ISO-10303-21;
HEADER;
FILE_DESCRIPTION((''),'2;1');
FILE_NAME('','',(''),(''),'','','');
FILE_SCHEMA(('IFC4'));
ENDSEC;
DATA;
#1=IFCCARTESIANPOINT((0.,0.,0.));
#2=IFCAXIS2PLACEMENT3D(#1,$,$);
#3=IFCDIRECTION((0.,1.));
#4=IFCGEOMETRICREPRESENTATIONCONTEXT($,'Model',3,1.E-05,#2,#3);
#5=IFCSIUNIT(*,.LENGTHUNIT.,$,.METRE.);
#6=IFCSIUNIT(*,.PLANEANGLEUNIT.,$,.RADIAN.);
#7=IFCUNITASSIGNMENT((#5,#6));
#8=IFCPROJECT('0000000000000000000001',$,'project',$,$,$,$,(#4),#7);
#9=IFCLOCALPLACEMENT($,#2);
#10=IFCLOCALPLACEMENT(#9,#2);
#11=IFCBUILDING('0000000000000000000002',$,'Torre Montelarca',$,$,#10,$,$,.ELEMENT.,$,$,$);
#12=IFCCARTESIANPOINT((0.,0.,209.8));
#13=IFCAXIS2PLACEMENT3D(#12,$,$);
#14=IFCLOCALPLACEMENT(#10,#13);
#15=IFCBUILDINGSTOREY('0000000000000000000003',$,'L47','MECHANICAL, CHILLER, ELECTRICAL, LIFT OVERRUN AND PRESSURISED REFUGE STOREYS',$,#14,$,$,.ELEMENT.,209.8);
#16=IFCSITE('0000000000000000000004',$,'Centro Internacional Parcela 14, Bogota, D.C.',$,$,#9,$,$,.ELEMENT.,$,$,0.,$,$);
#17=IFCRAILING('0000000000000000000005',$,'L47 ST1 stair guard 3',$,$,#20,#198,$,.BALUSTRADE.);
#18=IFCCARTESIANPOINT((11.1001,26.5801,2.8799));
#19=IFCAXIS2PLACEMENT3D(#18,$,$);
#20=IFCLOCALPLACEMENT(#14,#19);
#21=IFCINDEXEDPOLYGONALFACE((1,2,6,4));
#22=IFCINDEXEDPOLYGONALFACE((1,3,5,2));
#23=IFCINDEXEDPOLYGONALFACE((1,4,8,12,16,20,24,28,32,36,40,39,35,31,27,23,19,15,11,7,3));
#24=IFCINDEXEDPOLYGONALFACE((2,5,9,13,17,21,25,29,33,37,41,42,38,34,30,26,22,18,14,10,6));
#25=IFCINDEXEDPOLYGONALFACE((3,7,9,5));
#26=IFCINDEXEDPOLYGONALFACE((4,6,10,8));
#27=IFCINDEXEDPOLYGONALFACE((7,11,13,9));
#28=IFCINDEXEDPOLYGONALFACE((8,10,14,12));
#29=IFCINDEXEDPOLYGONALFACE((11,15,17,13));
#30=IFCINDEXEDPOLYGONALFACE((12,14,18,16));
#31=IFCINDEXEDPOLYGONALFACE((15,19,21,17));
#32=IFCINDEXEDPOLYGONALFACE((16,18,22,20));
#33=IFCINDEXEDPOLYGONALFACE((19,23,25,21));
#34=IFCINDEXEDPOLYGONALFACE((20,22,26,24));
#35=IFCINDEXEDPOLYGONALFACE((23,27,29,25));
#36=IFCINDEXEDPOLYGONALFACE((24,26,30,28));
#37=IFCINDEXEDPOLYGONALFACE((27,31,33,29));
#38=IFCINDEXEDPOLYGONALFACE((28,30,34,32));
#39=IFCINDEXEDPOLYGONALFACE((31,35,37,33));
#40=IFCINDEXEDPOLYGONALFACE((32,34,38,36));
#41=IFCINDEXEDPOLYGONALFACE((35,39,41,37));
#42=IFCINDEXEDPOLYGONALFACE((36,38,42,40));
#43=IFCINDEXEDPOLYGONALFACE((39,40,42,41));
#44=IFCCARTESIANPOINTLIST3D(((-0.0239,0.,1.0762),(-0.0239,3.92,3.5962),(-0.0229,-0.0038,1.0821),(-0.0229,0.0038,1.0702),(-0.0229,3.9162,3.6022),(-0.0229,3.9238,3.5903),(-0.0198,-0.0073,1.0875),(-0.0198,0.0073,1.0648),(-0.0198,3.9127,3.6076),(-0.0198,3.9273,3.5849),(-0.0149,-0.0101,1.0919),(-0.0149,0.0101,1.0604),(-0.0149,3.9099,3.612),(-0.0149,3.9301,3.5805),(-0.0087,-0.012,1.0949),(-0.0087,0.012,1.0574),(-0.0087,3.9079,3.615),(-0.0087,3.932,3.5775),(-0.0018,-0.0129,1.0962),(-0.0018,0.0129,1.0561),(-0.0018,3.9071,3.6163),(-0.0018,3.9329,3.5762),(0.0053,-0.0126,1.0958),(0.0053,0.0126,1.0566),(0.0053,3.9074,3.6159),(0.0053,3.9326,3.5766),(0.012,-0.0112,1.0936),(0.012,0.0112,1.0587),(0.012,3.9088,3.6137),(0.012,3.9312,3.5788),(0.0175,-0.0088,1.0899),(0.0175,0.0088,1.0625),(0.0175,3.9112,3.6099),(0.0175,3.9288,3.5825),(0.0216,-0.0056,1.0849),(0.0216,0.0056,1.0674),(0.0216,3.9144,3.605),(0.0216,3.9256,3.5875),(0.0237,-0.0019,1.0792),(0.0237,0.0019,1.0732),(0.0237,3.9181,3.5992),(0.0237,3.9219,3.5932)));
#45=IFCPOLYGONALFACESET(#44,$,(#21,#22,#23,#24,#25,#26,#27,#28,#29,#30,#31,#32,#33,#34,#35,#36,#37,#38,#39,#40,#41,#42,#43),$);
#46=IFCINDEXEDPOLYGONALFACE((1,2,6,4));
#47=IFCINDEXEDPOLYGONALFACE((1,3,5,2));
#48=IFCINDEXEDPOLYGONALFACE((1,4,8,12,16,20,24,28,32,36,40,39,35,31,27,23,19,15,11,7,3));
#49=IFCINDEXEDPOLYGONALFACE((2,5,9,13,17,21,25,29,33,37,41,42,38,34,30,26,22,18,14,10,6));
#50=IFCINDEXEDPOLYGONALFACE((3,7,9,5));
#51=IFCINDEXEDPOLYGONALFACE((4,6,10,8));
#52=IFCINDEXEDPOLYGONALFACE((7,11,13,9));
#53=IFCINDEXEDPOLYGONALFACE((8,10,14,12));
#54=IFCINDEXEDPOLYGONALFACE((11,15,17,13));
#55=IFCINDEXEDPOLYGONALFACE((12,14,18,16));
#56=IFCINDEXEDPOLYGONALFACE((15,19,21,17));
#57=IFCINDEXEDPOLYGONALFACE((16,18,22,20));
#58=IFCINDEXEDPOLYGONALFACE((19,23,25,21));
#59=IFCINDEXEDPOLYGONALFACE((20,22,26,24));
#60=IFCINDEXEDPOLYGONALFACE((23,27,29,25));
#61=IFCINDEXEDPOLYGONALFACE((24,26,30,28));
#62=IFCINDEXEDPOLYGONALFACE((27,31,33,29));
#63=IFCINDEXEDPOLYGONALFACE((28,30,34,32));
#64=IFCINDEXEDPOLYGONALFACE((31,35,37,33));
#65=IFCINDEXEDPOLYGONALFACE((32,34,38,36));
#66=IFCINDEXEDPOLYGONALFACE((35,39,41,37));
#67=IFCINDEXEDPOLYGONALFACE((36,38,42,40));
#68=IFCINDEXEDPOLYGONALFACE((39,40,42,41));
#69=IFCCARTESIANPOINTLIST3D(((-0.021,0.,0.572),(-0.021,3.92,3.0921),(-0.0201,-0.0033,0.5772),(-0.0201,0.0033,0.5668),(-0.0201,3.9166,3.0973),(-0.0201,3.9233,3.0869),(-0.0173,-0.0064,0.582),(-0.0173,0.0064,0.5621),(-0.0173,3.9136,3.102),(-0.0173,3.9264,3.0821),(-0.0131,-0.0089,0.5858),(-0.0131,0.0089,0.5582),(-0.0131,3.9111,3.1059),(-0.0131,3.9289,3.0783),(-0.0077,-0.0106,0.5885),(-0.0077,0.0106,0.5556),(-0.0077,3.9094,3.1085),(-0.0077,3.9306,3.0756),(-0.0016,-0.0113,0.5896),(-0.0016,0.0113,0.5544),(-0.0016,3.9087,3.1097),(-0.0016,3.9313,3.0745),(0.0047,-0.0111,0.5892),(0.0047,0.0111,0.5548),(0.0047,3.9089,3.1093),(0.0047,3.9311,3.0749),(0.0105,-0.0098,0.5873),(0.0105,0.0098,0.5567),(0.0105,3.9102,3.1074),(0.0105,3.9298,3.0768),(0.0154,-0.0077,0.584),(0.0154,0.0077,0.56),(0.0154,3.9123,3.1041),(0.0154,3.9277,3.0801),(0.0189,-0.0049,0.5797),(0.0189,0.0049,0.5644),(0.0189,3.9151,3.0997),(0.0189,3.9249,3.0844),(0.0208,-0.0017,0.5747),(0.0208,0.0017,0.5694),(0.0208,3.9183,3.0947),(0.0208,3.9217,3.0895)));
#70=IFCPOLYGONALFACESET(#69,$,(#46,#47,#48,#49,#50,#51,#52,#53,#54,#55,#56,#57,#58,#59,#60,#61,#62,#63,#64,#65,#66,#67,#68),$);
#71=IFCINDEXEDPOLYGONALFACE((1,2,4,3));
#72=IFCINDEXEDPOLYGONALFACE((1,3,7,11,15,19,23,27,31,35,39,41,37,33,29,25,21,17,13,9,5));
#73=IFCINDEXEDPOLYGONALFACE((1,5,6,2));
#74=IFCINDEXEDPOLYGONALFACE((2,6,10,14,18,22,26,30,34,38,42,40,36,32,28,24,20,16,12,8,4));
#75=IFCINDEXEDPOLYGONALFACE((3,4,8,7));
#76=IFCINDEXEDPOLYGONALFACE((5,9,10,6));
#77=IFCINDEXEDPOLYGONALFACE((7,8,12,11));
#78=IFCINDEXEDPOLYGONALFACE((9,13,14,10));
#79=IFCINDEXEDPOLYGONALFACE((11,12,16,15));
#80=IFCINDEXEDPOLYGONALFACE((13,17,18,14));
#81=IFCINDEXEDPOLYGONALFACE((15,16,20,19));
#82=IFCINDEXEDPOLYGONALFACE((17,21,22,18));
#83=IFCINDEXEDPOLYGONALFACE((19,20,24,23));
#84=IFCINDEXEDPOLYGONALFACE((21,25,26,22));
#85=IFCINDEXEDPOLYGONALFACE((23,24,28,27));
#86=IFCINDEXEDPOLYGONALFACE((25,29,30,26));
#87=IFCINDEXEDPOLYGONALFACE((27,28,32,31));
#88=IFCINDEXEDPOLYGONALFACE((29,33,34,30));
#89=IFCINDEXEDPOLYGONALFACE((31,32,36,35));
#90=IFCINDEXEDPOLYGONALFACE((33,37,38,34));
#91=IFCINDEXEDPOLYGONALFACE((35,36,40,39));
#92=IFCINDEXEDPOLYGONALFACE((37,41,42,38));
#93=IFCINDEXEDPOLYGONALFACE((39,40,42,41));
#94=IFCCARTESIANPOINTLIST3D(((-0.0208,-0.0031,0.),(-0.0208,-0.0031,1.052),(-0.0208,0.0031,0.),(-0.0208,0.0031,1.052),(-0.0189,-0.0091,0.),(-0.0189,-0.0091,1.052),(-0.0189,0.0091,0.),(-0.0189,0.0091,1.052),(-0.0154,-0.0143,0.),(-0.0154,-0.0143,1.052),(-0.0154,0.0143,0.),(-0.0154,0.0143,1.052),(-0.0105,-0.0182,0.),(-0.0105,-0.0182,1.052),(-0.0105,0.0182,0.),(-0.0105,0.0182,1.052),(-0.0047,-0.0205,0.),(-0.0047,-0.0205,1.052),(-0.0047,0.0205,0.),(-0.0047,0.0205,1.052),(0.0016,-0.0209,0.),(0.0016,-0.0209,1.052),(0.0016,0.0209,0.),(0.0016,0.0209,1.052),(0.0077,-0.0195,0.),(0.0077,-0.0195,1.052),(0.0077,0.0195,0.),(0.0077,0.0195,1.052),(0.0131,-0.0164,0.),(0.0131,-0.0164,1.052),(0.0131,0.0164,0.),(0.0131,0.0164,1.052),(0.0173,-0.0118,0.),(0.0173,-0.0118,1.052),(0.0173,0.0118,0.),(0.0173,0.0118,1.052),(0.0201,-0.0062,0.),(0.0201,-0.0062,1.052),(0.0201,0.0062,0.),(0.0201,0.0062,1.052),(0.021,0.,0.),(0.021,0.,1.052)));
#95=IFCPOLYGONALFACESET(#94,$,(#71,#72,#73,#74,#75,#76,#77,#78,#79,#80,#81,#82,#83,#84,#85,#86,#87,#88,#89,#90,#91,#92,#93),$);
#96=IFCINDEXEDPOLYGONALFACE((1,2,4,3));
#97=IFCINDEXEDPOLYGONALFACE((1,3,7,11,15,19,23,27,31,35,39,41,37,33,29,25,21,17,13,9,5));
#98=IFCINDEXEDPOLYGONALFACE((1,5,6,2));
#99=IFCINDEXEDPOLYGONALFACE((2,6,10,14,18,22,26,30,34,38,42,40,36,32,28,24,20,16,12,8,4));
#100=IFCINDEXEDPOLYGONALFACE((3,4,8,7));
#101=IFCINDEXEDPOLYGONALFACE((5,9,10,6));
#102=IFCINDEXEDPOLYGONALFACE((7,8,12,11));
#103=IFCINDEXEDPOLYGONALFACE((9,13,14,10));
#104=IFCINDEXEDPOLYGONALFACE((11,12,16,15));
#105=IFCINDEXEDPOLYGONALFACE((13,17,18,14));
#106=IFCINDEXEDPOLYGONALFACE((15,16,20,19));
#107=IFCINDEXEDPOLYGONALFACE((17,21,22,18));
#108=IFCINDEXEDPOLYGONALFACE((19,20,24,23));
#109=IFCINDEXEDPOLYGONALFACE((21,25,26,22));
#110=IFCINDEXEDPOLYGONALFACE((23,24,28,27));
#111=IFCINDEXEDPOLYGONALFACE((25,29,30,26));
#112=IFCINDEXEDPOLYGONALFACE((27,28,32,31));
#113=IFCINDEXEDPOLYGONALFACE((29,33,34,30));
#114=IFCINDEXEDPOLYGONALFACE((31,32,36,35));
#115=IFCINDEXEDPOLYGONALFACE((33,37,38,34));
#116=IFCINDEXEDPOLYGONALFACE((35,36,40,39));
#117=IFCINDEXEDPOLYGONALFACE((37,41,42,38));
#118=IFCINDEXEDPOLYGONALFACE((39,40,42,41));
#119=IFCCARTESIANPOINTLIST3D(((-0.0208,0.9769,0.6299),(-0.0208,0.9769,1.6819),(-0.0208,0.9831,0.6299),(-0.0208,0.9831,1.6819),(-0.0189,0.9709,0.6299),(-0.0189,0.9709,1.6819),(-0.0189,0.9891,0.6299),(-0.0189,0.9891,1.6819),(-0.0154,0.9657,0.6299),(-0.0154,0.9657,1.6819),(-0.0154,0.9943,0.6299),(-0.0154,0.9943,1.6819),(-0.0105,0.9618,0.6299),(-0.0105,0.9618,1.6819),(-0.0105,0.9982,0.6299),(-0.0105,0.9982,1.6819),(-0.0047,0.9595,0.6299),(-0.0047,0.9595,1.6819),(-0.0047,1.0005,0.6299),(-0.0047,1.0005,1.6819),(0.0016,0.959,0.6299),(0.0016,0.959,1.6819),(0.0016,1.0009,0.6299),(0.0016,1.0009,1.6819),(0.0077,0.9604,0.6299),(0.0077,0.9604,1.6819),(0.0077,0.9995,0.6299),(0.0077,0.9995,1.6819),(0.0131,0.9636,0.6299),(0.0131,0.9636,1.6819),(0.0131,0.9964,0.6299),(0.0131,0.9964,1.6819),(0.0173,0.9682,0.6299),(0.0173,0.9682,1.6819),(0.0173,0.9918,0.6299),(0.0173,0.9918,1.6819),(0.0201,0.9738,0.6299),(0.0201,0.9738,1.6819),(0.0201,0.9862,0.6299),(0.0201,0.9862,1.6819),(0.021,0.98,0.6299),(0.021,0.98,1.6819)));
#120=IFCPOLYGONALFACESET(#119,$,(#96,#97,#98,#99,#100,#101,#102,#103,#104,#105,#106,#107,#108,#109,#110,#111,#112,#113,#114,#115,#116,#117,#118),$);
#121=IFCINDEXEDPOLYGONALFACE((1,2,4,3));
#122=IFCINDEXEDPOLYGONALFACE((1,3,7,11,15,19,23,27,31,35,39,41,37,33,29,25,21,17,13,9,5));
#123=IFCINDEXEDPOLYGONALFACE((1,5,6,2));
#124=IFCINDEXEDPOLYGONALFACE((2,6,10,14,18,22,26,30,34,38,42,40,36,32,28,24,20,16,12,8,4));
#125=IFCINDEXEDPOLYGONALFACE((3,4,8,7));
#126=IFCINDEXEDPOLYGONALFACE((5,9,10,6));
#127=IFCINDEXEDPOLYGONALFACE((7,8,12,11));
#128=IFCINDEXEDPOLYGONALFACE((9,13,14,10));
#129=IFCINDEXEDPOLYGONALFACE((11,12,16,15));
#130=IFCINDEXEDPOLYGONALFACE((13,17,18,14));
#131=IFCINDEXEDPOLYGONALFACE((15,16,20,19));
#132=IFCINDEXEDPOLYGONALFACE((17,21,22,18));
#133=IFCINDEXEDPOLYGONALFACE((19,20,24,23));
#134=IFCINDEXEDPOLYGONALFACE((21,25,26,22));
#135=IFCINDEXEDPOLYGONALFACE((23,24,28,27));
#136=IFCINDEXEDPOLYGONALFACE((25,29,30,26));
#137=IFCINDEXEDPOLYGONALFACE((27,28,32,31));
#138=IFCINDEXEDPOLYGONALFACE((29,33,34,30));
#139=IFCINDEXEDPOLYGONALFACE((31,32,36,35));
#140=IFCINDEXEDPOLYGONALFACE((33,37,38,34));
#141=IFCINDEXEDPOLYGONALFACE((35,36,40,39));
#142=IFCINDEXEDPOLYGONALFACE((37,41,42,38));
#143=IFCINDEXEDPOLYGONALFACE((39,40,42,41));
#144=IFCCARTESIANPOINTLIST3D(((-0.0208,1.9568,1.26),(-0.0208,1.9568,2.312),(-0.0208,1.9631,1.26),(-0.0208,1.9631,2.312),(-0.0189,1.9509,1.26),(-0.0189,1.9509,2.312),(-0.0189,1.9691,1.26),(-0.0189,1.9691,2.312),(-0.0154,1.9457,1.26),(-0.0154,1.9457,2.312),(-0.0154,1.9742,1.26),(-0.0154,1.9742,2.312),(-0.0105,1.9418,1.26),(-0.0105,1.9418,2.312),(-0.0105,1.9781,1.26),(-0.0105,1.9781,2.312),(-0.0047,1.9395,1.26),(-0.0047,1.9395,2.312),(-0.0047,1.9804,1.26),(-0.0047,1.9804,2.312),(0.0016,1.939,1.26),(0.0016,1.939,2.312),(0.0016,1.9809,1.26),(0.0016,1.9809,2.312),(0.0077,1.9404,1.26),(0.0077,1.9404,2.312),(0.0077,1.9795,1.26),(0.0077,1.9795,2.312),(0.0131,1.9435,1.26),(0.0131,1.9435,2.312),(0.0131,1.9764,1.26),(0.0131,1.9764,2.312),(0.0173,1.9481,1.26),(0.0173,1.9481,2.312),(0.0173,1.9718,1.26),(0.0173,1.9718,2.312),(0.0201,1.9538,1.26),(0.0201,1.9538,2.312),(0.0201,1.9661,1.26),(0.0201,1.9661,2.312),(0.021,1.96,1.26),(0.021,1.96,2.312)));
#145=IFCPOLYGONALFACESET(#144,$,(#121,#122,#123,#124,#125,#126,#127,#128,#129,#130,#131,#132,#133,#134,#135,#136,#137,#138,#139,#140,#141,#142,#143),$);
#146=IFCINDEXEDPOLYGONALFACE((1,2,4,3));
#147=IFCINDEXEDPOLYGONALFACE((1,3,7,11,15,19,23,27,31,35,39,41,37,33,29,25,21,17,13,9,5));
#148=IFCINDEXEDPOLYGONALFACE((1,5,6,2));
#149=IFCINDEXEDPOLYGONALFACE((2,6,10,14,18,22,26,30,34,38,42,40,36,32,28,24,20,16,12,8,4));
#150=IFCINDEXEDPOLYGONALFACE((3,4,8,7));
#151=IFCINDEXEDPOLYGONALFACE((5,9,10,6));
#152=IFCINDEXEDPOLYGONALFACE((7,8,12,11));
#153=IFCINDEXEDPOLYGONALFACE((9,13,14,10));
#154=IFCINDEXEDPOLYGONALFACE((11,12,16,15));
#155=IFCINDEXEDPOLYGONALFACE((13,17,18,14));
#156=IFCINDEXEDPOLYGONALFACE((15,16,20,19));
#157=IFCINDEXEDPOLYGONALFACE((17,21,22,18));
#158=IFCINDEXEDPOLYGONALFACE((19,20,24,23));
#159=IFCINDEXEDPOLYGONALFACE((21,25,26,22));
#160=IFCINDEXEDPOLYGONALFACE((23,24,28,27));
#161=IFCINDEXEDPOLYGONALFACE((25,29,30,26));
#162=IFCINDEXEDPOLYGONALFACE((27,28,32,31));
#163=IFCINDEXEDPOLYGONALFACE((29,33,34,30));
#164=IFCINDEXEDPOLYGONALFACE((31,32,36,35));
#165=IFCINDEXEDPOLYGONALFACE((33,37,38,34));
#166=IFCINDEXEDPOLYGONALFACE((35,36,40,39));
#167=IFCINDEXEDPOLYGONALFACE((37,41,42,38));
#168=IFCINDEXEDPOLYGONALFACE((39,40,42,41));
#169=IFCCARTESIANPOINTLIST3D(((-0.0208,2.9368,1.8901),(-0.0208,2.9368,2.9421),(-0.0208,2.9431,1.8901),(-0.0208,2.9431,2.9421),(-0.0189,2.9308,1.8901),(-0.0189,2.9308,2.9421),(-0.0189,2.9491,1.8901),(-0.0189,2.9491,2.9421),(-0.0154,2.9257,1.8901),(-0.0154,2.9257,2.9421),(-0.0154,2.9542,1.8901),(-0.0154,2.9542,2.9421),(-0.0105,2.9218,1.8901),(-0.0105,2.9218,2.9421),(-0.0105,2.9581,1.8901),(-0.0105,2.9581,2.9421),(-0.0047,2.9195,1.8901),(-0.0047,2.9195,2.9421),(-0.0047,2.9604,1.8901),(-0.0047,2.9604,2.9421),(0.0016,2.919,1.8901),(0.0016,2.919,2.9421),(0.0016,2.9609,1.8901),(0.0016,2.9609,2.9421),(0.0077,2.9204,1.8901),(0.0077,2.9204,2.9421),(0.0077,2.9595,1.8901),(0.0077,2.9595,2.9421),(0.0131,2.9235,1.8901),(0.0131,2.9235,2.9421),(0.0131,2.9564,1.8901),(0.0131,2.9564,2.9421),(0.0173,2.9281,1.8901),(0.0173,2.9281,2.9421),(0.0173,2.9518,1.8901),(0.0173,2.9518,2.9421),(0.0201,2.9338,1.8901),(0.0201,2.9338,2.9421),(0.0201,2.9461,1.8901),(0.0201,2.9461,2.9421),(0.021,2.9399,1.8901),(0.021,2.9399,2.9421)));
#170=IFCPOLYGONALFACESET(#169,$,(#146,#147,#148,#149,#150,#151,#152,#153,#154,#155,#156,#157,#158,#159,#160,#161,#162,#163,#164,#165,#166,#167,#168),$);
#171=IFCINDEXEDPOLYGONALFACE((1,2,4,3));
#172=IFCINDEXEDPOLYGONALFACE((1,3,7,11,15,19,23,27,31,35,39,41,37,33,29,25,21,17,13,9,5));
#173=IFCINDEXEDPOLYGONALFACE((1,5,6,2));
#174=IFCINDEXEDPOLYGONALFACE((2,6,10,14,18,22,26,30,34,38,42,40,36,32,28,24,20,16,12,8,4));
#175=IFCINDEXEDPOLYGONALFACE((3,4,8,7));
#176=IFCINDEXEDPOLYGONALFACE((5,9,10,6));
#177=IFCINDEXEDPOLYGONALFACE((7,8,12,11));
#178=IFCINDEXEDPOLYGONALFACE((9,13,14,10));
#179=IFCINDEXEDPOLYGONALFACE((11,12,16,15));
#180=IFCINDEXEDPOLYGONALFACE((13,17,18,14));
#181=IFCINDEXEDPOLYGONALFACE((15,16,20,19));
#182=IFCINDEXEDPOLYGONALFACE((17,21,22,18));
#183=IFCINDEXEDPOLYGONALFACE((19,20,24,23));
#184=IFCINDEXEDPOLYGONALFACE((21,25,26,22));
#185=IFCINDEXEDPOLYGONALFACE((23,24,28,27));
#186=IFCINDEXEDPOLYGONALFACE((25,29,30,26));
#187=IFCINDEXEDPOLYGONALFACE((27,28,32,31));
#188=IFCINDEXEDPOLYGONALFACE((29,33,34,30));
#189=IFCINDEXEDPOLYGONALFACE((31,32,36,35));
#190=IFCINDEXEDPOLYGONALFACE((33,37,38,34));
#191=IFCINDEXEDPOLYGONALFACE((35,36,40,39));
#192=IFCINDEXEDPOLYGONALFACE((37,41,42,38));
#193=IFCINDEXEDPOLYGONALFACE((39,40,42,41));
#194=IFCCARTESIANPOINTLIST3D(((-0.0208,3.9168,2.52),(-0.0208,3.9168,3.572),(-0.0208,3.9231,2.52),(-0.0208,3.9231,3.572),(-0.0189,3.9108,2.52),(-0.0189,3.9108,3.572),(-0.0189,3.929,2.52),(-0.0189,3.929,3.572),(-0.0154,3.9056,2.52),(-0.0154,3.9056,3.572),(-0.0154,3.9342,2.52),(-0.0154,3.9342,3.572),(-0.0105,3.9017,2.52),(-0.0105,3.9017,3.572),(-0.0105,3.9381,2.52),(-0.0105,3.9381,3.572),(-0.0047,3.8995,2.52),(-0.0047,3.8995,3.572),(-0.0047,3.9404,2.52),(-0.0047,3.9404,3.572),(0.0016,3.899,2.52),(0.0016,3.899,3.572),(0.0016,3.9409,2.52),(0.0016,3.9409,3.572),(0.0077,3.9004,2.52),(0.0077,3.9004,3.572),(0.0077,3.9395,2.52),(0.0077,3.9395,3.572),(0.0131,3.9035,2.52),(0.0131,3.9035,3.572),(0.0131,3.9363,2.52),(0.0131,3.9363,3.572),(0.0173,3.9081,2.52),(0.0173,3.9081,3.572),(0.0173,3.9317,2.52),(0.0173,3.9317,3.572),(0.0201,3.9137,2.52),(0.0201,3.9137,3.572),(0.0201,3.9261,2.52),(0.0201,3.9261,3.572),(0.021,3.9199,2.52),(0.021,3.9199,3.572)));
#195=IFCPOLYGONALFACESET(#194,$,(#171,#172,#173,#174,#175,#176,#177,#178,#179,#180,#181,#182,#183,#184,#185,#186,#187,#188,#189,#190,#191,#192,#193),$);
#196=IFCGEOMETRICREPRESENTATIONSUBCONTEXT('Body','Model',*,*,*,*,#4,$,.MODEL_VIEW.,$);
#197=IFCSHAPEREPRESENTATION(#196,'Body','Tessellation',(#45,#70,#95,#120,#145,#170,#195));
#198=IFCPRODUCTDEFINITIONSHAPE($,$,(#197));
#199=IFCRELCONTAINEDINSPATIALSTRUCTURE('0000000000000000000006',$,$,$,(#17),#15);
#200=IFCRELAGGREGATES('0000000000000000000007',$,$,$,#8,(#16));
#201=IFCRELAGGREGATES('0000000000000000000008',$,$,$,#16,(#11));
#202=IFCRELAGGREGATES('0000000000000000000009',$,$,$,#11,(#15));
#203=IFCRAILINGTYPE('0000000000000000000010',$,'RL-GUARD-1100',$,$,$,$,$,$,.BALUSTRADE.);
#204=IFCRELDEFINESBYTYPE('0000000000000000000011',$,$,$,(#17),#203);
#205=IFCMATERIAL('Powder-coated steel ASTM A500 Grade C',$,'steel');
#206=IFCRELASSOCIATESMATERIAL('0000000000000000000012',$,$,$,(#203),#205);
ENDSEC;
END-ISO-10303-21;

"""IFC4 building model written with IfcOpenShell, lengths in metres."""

from ifc_helpers import new_model, si_unit, direction, frame, origin, origin_2d, place, context, subcontext, project, spatial, circle, extrude, material, type_object, element, save


model = new_model("IFC4")

# Units and contexts
model_context = context("Model", 3, precision=1e-05, world=origin(), true_north=direction((0.0, 1.0)))
body_context = subcontext(model_context, "Body", "Model", "MODEL_VIEW")
ifc_project = project(units=[si_unit("LENGTHUNIT", "METRE"), si_unit("PLANEANGLEUNIT", "RADIAN")], contexts=[model_context])

# Site, building, storey
site_placement = place(None, origin())
site = spatial("IfcSite", under=ifc_project, at=site_placement, Name="Centro Internacional Parcela 14, Bogota, D.C.", CompositionType="ELEMENT", RefElevation=0.0)
building_placement = place(site_placement, origin())
building = spatial("IfcBuilding", under=site, at=building_placement, Name="Torre Montelarca", CompositionType="ELEMENT")
storey_placement = place(building_placement, frame((0.0, 0.0, 209.8)))
storey = spatial("IfcBuildingStorey", under=building, at=storey_placement, Name="L47", Description="MECHANICAL, CHILLER, ELECTRICAL, LIFT OVERRUN AND PRESSURISED REFUGE STOREYS", CompositionType="ELEMENT", Elevation=209.8)

# Railing
ifc_material_1 = material(Name="Powder-coated steel ASTM A500 Grade C", Category="steel")
railing_type_1 = type_object("IfcRailingType", Name="RL-GUARD-1100", PredefinedType="BALUSTRADE", material=ifc_material_1)
railing_1_placement = place(storey_placement, frame((11.1001, 26.5801, 2.8799)))
element("IfcRailing", 1, at=railing_1_placement, inside=storey, type_object=railing_type_1, Name="L47 ST1 stair guard 3", PredefinedType="BALUSTRADE", context=body_context, shape_type="SweptSolid", body=[
    extrude(circle(Radius=0.0239, at=origin_2d()), frame((0.0, 0.0, 1.0762), z_axis=(0.0, 0.841172, 0.540768), x_axis=(-1.0, 0.0, 0.0)), (0.0, 0.0, 1.0), 4.6602),
    extrude(circle(Radius=0.021, at=origin_2d()), frame((0.0, 0.0, 0.572), z_axis=(0.0, 0.841172, 0.540768), x_axis=(-1.0, 0.0, 0.0)), (0.0, 0.0, 1.0), 4.6602),
    extrude(circle(Radius=0.021, at=origin_2d()), origin(), (0.0, 0.0, 1.0), 1.052),
    extrude(circle(Radius=0.021, at=origin_2d()), frame((0.0, 0.98, 0.6299)), (0.0, 0.0, 1.0), 1.052),
    extrude(circle(Radius=0.021, at=origin_2d()), frame((0.0, 1.96, 1.26)), (0.0, 0.0, 1.0), 1.052),
    extrude(circle(Radius=0.021, at=origin_2d()), frame((0.0, 2.9399, 1.8901)), (0.0, 0.0, 1.0), 1.052),
    extrude(circle(Radius=0.021, at=origin_2d()), frame((0.0, 3.9199, 2.52)), (0.0, 0.0, 1.0), 1.052),
])

save(model, "model.ifc")
